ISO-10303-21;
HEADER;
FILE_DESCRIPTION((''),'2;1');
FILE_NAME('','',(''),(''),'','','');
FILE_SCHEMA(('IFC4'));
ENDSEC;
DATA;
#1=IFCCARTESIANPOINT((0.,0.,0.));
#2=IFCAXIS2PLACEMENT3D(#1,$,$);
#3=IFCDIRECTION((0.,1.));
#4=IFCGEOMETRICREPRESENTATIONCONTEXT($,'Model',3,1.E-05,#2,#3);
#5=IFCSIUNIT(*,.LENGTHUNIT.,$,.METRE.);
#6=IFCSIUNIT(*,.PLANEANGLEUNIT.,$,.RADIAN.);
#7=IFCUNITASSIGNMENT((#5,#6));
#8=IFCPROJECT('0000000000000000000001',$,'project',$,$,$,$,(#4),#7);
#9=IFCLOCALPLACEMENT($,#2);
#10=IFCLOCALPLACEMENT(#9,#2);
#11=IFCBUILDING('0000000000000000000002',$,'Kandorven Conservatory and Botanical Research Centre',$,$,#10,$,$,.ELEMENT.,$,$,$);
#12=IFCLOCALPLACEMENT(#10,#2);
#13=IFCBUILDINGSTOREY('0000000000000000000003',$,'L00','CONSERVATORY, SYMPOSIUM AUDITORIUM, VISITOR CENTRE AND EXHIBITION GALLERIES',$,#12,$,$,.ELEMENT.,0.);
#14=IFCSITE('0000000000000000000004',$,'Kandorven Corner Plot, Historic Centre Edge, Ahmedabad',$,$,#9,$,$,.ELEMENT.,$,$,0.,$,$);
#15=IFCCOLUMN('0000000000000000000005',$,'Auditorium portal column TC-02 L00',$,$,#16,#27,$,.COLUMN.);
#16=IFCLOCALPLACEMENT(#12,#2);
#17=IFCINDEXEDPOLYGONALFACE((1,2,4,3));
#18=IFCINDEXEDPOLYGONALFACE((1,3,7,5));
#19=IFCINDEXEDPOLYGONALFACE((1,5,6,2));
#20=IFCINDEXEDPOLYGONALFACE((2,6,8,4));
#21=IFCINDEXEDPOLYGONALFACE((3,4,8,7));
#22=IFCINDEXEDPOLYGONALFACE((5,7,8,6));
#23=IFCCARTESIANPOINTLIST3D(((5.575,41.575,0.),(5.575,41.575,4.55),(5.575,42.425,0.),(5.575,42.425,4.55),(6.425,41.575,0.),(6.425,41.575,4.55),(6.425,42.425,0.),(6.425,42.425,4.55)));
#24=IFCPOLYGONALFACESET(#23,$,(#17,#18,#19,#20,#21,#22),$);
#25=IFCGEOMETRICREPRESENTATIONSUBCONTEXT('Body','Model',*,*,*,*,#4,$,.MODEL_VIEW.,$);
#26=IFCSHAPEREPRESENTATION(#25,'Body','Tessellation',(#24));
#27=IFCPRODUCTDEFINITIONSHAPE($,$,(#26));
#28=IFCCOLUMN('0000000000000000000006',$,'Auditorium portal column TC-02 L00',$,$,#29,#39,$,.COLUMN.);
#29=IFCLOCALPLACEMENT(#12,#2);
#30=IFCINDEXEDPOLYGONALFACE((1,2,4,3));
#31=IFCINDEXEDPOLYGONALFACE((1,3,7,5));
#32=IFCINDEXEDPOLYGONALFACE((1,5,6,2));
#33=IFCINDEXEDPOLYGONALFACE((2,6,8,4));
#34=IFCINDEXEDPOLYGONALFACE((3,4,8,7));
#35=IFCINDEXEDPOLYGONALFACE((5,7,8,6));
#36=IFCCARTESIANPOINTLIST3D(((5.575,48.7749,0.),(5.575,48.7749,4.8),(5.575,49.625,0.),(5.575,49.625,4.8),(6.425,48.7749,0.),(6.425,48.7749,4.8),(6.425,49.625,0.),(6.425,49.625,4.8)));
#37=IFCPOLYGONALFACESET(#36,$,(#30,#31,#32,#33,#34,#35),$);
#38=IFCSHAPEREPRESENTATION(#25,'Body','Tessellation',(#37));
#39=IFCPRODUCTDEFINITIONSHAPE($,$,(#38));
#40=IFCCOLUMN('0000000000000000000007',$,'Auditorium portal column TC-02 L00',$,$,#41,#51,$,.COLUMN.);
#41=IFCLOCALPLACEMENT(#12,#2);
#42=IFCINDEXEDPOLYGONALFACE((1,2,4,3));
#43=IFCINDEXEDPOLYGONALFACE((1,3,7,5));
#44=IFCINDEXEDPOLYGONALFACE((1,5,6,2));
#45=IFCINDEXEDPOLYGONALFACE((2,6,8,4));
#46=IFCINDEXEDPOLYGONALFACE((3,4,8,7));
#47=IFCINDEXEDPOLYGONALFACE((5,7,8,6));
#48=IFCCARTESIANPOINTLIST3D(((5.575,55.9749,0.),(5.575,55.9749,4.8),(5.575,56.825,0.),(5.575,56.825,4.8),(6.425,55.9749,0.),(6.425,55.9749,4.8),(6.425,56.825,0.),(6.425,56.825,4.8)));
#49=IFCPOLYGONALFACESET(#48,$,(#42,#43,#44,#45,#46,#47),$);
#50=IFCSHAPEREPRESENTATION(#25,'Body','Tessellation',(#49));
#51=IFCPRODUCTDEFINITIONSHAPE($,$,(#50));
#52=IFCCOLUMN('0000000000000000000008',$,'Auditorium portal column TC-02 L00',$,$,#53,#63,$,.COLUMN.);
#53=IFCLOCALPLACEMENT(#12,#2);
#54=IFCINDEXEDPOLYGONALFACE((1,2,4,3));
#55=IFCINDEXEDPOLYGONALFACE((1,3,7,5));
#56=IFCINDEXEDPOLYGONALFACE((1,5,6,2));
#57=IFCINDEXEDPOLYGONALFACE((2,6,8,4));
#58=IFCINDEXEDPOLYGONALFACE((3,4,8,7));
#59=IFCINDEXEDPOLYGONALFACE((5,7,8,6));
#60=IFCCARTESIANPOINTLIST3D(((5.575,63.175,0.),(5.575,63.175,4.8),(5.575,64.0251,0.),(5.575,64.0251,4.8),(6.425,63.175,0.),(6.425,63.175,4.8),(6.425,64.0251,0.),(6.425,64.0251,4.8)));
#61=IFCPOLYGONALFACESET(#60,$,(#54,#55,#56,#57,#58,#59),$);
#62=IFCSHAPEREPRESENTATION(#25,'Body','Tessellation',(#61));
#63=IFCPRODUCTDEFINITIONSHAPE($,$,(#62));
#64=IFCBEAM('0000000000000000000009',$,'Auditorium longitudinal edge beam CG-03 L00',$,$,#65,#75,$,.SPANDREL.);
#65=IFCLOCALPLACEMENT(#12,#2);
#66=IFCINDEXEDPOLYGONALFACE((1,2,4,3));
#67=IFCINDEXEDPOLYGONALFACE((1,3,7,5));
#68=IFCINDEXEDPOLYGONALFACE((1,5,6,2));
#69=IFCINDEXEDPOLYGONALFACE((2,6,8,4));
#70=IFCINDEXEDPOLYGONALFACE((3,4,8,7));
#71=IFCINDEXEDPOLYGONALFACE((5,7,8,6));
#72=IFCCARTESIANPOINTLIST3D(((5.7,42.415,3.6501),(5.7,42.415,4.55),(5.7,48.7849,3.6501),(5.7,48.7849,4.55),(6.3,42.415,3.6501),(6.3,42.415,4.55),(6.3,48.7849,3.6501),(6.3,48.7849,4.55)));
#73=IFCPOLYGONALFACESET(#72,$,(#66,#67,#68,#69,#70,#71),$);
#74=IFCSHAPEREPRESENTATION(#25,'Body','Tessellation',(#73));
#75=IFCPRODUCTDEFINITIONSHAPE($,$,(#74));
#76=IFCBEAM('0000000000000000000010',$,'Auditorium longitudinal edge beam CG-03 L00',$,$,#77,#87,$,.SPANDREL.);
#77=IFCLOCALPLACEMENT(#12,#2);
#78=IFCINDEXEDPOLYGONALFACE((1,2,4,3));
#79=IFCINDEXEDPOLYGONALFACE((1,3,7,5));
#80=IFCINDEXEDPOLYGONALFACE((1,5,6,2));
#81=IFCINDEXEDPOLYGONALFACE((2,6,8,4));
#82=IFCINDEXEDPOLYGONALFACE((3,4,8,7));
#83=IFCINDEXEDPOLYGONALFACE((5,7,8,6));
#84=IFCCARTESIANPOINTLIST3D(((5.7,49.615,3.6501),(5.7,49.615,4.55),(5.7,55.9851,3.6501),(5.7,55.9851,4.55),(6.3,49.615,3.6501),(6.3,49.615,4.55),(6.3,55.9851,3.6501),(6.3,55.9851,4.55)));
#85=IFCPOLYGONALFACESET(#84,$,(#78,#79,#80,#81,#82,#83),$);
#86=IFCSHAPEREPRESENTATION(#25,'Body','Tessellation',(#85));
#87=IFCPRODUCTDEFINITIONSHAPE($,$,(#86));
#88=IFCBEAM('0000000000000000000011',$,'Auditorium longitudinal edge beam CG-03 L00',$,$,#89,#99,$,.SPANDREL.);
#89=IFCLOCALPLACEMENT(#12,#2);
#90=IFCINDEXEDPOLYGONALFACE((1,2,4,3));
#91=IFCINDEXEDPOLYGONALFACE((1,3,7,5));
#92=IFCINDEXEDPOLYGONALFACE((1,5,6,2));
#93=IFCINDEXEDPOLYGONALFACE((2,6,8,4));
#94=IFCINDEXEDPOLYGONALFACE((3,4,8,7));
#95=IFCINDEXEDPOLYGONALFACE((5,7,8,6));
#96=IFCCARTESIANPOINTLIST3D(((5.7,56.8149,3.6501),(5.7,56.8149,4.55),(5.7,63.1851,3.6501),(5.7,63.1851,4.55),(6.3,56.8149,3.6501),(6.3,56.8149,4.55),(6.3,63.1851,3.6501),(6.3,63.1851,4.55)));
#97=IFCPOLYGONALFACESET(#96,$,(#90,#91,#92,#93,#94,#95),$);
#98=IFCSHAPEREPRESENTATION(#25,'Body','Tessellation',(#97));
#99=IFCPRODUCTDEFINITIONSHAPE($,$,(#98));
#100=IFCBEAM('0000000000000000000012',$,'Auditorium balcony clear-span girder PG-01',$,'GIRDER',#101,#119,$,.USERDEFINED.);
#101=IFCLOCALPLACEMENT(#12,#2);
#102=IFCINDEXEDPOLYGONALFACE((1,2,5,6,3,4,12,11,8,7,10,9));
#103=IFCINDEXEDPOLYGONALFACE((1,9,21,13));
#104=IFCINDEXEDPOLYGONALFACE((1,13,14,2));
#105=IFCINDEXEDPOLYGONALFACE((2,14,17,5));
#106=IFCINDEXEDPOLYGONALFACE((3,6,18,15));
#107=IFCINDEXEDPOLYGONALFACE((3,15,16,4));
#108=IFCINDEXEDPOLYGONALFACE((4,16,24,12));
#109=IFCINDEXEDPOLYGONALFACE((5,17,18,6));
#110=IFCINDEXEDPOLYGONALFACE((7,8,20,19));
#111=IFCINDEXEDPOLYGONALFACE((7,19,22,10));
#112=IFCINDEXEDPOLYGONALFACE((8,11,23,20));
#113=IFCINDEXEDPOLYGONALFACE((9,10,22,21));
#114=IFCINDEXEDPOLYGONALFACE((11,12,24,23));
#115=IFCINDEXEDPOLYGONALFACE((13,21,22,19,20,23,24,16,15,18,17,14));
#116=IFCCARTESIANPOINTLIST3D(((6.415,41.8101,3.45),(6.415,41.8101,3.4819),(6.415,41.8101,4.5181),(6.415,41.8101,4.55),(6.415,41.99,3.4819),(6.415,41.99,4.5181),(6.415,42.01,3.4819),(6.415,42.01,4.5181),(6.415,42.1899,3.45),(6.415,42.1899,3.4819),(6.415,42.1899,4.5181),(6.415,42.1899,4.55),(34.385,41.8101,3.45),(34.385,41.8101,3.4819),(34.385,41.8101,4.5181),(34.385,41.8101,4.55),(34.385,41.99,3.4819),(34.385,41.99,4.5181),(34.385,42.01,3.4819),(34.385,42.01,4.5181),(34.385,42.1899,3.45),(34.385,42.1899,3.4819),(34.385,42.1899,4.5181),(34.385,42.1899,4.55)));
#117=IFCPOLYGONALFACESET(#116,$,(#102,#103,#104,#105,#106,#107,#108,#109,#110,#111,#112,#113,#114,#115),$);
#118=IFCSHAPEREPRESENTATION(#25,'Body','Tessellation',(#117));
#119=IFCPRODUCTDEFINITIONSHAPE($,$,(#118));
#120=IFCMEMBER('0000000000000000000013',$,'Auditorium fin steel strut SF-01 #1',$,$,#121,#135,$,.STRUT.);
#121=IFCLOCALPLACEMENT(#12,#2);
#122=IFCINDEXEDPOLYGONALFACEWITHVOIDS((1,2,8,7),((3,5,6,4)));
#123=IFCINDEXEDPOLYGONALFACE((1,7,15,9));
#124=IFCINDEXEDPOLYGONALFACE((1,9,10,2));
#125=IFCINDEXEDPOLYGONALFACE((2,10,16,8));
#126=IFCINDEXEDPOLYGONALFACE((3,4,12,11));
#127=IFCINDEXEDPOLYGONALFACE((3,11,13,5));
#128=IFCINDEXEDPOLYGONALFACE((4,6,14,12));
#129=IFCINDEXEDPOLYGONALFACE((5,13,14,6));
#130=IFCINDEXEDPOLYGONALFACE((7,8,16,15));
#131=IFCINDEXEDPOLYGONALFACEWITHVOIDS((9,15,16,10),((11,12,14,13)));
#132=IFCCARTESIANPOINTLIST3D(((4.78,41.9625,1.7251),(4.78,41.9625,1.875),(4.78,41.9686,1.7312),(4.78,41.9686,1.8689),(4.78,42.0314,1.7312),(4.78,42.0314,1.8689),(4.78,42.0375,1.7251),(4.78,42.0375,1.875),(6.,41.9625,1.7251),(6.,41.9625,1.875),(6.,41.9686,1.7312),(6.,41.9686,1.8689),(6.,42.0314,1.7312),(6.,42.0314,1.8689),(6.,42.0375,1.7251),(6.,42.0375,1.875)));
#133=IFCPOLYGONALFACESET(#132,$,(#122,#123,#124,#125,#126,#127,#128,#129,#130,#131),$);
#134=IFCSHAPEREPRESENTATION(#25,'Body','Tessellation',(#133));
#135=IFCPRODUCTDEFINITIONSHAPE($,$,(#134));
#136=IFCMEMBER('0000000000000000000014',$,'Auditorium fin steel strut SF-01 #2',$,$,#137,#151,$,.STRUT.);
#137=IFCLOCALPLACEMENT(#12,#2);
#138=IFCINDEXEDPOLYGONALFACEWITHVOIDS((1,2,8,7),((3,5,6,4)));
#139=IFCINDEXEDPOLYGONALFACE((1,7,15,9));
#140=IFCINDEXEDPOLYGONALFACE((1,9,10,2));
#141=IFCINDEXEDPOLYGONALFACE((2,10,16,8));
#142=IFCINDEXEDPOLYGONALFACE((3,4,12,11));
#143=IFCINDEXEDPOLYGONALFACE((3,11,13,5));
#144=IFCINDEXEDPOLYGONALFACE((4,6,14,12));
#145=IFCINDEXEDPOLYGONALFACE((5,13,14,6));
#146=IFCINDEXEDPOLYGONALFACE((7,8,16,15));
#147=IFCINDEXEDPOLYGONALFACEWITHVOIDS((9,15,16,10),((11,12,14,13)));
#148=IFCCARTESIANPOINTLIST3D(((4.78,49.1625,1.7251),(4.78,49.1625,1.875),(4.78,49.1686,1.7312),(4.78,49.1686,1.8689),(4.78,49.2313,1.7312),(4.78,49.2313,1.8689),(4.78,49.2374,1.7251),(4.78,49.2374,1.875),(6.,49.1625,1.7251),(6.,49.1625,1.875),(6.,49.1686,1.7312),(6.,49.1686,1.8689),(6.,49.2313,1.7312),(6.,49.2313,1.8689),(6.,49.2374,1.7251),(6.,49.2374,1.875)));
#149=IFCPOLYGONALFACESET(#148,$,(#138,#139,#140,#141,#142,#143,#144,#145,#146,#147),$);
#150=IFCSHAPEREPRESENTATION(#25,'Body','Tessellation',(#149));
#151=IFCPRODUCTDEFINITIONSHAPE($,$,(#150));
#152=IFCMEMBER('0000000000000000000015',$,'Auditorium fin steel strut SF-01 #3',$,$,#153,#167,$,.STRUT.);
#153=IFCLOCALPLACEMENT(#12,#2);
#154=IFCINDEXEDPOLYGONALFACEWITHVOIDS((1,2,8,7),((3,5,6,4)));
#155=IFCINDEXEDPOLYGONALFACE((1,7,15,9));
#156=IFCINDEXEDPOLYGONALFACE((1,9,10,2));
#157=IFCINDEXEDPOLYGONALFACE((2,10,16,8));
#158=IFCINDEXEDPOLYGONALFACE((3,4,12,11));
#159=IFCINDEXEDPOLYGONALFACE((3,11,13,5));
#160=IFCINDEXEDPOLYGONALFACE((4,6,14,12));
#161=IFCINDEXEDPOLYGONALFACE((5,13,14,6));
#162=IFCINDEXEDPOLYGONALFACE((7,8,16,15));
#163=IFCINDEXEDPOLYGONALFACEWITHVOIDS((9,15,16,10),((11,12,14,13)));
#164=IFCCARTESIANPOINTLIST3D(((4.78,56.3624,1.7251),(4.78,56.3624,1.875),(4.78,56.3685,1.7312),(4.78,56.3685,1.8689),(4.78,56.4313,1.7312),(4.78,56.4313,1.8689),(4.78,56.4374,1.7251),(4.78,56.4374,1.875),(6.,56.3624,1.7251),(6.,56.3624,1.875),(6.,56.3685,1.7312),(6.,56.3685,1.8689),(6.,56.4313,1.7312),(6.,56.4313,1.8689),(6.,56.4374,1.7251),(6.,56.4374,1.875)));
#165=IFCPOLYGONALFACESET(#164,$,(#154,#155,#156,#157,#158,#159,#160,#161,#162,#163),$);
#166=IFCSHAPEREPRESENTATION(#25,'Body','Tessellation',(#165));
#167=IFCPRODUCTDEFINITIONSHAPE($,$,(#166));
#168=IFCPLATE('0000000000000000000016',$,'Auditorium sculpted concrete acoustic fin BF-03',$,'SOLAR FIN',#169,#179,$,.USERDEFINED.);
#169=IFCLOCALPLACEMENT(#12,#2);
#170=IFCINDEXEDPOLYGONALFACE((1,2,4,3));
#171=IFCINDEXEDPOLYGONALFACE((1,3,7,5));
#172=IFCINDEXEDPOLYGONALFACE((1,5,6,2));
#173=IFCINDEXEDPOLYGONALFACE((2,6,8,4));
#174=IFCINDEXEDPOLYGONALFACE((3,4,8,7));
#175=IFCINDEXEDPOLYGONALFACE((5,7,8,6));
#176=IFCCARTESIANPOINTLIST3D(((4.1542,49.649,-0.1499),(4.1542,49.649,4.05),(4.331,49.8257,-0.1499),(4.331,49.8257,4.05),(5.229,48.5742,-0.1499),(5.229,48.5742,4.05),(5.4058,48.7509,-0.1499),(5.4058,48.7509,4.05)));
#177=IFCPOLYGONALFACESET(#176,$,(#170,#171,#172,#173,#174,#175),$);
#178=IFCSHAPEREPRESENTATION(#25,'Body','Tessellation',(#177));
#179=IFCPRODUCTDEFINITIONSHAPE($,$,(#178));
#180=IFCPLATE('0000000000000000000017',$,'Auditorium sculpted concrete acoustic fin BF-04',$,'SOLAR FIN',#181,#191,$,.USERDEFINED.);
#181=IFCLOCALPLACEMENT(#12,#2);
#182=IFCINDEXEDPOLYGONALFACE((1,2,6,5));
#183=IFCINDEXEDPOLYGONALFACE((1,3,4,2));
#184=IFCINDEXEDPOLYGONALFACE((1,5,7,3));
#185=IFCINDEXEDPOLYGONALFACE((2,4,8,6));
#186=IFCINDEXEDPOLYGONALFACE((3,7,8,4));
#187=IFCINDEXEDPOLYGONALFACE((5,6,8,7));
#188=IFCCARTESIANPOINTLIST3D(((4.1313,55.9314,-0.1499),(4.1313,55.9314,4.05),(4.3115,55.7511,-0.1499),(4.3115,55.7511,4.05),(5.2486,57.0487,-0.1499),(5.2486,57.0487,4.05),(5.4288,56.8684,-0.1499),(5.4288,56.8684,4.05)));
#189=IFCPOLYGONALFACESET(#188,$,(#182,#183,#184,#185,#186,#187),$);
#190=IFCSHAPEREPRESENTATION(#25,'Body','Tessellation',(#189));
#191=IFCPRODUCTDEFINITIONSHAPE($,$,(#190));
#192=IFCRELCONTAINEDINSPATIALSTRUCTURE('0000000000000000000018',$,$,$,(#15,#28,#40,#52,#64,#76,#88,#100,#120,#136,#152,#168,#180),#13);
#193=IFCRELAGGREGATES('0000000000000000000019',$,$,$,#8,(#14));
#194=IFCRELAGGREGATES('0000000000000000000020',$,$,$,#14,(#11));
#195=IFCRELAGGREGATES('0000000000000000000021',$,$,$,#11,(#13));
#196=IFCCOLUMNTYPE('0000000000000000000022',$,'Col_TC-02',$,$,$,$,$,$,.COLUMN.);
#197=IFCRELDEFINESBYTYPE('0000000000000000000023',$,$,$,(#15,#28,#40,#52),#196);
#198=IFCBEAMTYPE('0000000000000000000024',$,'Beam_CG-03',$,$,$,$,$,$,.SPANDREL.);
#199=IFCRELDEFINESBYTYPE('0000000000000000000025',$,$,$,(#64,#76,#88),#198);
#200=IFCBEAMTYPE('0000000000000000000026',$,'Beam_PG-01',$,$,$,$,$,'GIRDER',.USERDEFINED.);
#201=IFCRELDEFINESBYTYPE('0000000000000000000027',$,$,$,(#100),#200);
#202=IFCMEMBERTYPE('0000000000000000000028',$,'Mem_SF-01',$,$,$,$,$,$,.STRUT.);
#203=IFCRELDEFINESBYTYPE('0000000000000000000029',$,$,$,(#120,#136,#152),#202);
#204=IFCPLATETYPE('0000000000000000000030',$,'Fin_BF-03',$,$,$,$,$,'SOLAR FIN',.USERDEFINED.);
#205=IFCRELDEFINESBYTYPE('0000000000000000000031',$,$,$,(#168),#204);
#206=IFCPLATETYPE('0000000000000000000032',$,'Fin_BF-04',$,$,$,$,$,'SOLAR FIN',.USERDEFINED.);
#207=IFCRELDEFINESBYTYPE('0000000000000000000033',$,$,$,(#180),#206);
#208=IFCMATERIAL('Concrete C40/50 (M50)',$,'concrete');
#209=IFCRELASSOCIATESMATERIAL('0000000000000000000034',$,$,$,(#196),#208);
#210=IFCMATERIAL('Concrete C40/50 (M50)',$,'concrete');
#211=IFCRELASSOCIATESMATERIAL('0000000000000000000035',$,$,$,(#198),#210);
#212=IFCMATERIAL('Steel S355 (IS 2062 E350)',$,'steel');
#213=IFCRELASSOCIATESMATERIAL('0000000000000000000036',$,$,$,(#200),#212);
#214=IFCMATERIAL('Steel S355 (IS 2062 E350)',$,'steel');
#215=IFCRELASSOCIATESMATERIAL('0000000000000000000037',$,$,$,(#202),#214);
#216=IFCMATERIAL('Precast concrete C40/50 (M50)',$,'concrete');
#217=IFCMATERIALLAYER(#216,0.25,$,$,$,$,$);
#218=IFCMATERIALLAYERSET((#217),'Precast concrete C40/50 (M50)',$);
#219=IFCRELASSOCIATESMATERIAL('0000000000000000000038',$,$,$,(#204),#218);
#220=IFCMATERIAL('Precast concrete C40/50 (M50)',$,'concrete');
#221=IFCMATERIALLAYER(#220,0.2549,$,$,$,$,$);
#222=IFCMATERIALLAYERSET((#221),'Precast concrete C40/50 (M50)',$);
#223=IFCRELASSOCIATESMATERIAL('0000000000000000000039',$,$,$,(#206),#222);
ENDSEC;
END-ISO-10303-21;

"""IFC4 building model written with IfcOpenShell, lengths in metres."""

from ifc_helpers import new_model, si_unit, direction, frame, origin, origin_2d, place, context, subcontext, project, spatial, rectangle, hollow_rectangle, i_section, extrude, material, layer, layer_set, material_profile, profile_set, type_object, element, save


model = new_model("IFC4")

# Units and contexts
model_context = context("Model", 3, precision=1e-05, world=origin(), true_north=direction((0.0, 1.0)))
body_context = subcontext(model_context, "Body", "Model", "MODEL_VIEW")
ifc_project = project(units=[si_unit("LENGTHUNIT", "METRE"), si_unit("PLANEANGLEUNIT", "RADIAN")], contexts=[model_context])

# Site, building, storey
site_placement = place(None, origin())
site = spatial("IfcSite", under=ifc_project, at=site_placement, Name="Kandorven Corner Plot, Historic Centre Edge, Ahmedabad", CompositionType="ELEMENT", RefElevation=0.0)
building_placement = place(site_placement, origin())
building = spatial("IfcBuilding", under=site, at=building_placement, Name="Kandorven Conservatory and Botanical Research Centre", CompositionType="ELEMENT")
storey_placement = place(building_placement, origin())
storey = spatial("IfcBuildingStorey", under=building, at=storey_placement, Name="L00", Description="CONSERVATORY, SYMPOSIUM AUDITORIUM, VISITOR CENTRE AND EXHIBITION GALLERIES", CompositionType="ELEMENT", Elevation=0.0)

# Columns
ifc_material_1 = material(Name="Concrete C40/50 (M50)", Category="concrete")
ifc_material_profile_1 = material_profile(ifc_material_1, rectangle(XDim=0.8501, YDim=0.8501, at=origin_2d()))
ifc_profile_set_1 = profile_set([ifc_material_profile_1], Name="Concrete C40/50 (M50)")
column_type = type_object("IfcColumnType", Name="Col_TC-02", PredefinedType="COLUMN", material=ifc_profile_set_1)
column_placement = place(storey_placement, frame((6.0, 42.0, 0.0), z_axis=(0.0, 0.0, 1.0), x_axis=(1.0, 0.0, 0.0)))
element("IfcColumn", 1, at=column_placement, inside=storey, type_object=column_type, Name="Auditorium portal column TC-02 L00", PredefinedType="COLUMN", context=body_context, shape_type="SweptSolid", body=[
    extrude(rectangle(XDim=0.8501, YDim=0.8501, at=origin_2d()), origin(), (0.0, 0.0, 1.0), 4.55),
])
for number, where, z_axis, x_axis, name in (
    (2, (6.0, 49.2, 0.0), (0.0, 0.0, 1.0), (1.0, 0.0, 0.0), "Auditorium portal column TC-02 L00"),
    (3, (6.0, 56.3999, 0.0), (0.0, 0.0, 1.0), (1.0, 0.0, 0.0), "Auditorium portal column TC-02 L00"),
    (4, (6.0, 63.6001, 0.0), (0.0, 0.0, 1.0), (1.0, 0.0, 0.0), "Auditorium portal column TC-02 L00"),
):
    element("IfcColumn", number, at=place(storey_placement, frame(where, z_axis=z_axis, x_axis=x_axis)), inside=storey, type_object=column_type, Name=name, PredefinedType="COLUMN", context=body_context, shape_type="SweptSolid", body=[
        extrude(rectangle(XDim=0.8501, YDim=0.8501, at=origin_2d()), origin(), (0.0, 0.0, 1.0), 4.8),
    ])

# Beams
ifc_material_2 = material(Name="Concrete C40/50 (M50)", Category="concrete")
ifc_material_profile_2 = material_profile(ifc_material_2, rectangle(XDim=0.6001, YDim=0.8999, at=origin_2d()))
ifc_profile_set_2 = profile_set([ifc_material_profile_2], Name="Concrete C40/50 (M50)")
beam_type_1 = type_object("IfcBeamType", Name="Beam_CG-03", PredefinedType="SPANDREL", material=ifc_profile_set_2)
beam_1_placement = place(storey_placement, frame((6.0, 42.415, 4.1001), z_axis=(0.0, 1.0, 0.0), x_axis=(-1.0, 0.0, 0.0)))
element("IfcBeam", 5, at=beam_1_placement, inside=storey, type_object=beam_type_1, Name="Auditorium longitudinal edge beam CG-03 L00", PredefinedType="SPANDREL", context=body_context, shape_type="SweptSolid", body=[
    extrude(rectangle(XDim=0.6001, YDim=0.8999, at=origin_2d()), origin(), (0.0, 0.0, 1.0), 6.3699),
])
for number, where, z_axis, x_axis, name in (
    (6, (6.0, 49.615, 4.1001), (0.0, 1.0, 0.0), (-1.0, 0.0, 0.0), "Auditorium longitudinal edge beam CG-03 L00"),
    (7, (6.0, 56.8149, 4.1001), (0.0, 1.0, 0.0), (-1.0, 0.0, 0.0), "Auditorium longitudinal edge beam CG-03 L00"),
):
    element("IfcBeam", number, at=place(storey_placement, frame(where, z_axis=z_axis, x_axis=x_axis)), inside=storey, type_object=beam_type_1, Name=name, PredefinedType="SPANDREL", context=body_context, shape_type="SweptSolid", body=[
        extrude(rectangle(XDim=0.6001, YDim=0.8999, at=origin_2d()), origin(), (0.0, 0.0, 1.0), 6.3701),
    ])
ifc_material_3 = material(Name="Steel S355 (IS 2062 E350)", Category="steel")
ifc_material_profile_3 = material_profile(ifc_material_3, i_section(OverallWidth=0.3799, OverallDepth=1.1001, WebThickness=0.02, FlangeThickness=0.032, at=origin_2d()))
ifc_profile_set_3 = profile_set([ifc_material_profile_3], Name="Steel S355 (IS 2062 E350)")
beam_type_2 = type_object("IfcBeamType", Name="Beam_PG-01", ElementType="GIRDER", PredefinedType="USERDEFINED", material=ifc_profile_set_3)
beam_2_placement = place(storey_placement, frame((6.415, 42.0, 4.0), z_axis=(1.0, 0.0, 0.0), x_axis=(0.0, 1.0, 0.0)))
element("IfcBeam", 8, at=beam_2_placement, inside=storey, type_object=beam_type_2, Name="Auditorium balcony clear-span girder PG-01", ObjectType="GIRDER", PredefinedType="USERDEFINED", context=body_context, shape_type="SweptSolid", body=[
    extrude(i_section(OverallWidth=0.3799, OverallDepth=1.1001, WebThickness=0.02, FlangeThickness=0.032, at=origin_2d()), origin(), (0.0, 0.0, 1.0), 27.97),
])

# Members
ifc_material_4 = material(Name="Steel S355 (IS 2062 E350)", Category="steel")
ifc_material_profile_4 = material_profile(ifc_material_4, hollow_rectangle(XDim=0.075, YDim=0.1499, WallThickness=0.0061, at=origin_2d()))
ifc_profile_set_4 = profile_set([ifc_material_profile_4], Name="Steel S355 (IS 2062 E350)")
member_type = type_object("IfcMemberType", Name="Mem_SF-01", PredefinedType="STRUT", material=ifc_profile_set_4)
for number, where, z_axis, x_axis, name in (
    (9, (6.0, 42.0, 1.8), (-1.0, 0.0, 0.0), (0.0, -1.0, 0.0), "Auditorium fin steel strut SF-01 #1"),
    (10, (6.0, 49.2, 1.8), (-1.0, 0.0, 0.0), (0.0, -1.0, 0.0), "Auditorium fin steel strut SF-01 #2"),
    (11, (6.0, 56.3999, 1.8), (-1.0, 0.0, 0.0), (0.0, -1.0, 0.0), "Auditorium fin steel strut SF-01 #3"),
):
    element("IfcMember", number, at=place(storey_placement, frame(where, z_axis=z_axis, x_axis=x_axis)), inside=storey, type_object=member_type, Name=name, PredefinedType="STRUT", context=body_context, shape_type="SweptSolid", body=[
        extrude(hollow_rectangle(XDim=0.075, YDim=0.1499, WallThickness=0.0061, at=origin_2d()), origin(), (0.0, 0.0, 1.0), 1.22),
    ])

# Plates
ifc_material_5 = material(Name="Precast concrete C40/50 (M50)", Category="concrete")
ifc_layer_1 = layer(ifc_material_5, 0.25)
ifc_layer_set_1 = layer_set([ifc_layer_1], Name="Precast concrete C40/50 (M50)")
plate_type_1 = type_object("IfcPlateType", Name="Fin_BF-03", ElementType="SOLAR FIN", PredefinedType="USERDEFINED", material=ifc_layer_set_1)
plate_1_placement = place(storey_placement, frame((4.78, 49.2, -0.1499), z_axis=(0.0, 0.0, 1.0), x_axis=(-0.707107, 0.707107, 0.0)))
element("IfcPlate", 12, at=plate_1_placement, inside=storey, type_object=plate_type_1, Name="Auditorium sculpted concrete acoustic fin BF-03", ObjectType="SOLAR FIN", PredefinedType="USERDEFINED", context=body_context, shape_type="SweptSolid", body=[
    extrude(rectangle(XDim=1.52, YDim=0.25, at=origin_2d()), origin(), (0.0, 0.0, 1.0), 4.2),
])
ifc_material_6 = material(Name="Precast concrete C40/50 (M50)", Category="concrete")
ifc_layer_2 = layer(ifc_material_6, 0.2549)
ifc_layer_set_2 = layer_set([ifc_layer_2], Name="Precast concrete C40/50 (M50)")
plate_type_2 = type_object("IfcPlateType", Name="Fin_BF-04", ElementType="SOLAR FIN", PredefinedType="USERDEFINED", material=ifc_layer_set_2)
plate_2_placement = place(storey_placement, frame((4.78, 56.3999, -0.1499), z_axis=(0.0, 0.0, 1.0), x_axis=(0.707107, 0.707107, 0.0)))
element("IfcPlate", 13, at=plate_2_placement, inside=storey, type_object=plate_type_2, Name="Auditorium sculpted concrete acoustic fin BF-04", ObjectType="SOLAR FIN", PredefinedType="USERDEFINED", context=body_context, shape_type="SweptSolid", body=[
    extrude(rectangle(XDim=1.5801, YDim=0.2549, at=origin_2d()), origin(), (0.0, 0.0, 1.0), 4.2),
])

save(model, "model.ifc")
